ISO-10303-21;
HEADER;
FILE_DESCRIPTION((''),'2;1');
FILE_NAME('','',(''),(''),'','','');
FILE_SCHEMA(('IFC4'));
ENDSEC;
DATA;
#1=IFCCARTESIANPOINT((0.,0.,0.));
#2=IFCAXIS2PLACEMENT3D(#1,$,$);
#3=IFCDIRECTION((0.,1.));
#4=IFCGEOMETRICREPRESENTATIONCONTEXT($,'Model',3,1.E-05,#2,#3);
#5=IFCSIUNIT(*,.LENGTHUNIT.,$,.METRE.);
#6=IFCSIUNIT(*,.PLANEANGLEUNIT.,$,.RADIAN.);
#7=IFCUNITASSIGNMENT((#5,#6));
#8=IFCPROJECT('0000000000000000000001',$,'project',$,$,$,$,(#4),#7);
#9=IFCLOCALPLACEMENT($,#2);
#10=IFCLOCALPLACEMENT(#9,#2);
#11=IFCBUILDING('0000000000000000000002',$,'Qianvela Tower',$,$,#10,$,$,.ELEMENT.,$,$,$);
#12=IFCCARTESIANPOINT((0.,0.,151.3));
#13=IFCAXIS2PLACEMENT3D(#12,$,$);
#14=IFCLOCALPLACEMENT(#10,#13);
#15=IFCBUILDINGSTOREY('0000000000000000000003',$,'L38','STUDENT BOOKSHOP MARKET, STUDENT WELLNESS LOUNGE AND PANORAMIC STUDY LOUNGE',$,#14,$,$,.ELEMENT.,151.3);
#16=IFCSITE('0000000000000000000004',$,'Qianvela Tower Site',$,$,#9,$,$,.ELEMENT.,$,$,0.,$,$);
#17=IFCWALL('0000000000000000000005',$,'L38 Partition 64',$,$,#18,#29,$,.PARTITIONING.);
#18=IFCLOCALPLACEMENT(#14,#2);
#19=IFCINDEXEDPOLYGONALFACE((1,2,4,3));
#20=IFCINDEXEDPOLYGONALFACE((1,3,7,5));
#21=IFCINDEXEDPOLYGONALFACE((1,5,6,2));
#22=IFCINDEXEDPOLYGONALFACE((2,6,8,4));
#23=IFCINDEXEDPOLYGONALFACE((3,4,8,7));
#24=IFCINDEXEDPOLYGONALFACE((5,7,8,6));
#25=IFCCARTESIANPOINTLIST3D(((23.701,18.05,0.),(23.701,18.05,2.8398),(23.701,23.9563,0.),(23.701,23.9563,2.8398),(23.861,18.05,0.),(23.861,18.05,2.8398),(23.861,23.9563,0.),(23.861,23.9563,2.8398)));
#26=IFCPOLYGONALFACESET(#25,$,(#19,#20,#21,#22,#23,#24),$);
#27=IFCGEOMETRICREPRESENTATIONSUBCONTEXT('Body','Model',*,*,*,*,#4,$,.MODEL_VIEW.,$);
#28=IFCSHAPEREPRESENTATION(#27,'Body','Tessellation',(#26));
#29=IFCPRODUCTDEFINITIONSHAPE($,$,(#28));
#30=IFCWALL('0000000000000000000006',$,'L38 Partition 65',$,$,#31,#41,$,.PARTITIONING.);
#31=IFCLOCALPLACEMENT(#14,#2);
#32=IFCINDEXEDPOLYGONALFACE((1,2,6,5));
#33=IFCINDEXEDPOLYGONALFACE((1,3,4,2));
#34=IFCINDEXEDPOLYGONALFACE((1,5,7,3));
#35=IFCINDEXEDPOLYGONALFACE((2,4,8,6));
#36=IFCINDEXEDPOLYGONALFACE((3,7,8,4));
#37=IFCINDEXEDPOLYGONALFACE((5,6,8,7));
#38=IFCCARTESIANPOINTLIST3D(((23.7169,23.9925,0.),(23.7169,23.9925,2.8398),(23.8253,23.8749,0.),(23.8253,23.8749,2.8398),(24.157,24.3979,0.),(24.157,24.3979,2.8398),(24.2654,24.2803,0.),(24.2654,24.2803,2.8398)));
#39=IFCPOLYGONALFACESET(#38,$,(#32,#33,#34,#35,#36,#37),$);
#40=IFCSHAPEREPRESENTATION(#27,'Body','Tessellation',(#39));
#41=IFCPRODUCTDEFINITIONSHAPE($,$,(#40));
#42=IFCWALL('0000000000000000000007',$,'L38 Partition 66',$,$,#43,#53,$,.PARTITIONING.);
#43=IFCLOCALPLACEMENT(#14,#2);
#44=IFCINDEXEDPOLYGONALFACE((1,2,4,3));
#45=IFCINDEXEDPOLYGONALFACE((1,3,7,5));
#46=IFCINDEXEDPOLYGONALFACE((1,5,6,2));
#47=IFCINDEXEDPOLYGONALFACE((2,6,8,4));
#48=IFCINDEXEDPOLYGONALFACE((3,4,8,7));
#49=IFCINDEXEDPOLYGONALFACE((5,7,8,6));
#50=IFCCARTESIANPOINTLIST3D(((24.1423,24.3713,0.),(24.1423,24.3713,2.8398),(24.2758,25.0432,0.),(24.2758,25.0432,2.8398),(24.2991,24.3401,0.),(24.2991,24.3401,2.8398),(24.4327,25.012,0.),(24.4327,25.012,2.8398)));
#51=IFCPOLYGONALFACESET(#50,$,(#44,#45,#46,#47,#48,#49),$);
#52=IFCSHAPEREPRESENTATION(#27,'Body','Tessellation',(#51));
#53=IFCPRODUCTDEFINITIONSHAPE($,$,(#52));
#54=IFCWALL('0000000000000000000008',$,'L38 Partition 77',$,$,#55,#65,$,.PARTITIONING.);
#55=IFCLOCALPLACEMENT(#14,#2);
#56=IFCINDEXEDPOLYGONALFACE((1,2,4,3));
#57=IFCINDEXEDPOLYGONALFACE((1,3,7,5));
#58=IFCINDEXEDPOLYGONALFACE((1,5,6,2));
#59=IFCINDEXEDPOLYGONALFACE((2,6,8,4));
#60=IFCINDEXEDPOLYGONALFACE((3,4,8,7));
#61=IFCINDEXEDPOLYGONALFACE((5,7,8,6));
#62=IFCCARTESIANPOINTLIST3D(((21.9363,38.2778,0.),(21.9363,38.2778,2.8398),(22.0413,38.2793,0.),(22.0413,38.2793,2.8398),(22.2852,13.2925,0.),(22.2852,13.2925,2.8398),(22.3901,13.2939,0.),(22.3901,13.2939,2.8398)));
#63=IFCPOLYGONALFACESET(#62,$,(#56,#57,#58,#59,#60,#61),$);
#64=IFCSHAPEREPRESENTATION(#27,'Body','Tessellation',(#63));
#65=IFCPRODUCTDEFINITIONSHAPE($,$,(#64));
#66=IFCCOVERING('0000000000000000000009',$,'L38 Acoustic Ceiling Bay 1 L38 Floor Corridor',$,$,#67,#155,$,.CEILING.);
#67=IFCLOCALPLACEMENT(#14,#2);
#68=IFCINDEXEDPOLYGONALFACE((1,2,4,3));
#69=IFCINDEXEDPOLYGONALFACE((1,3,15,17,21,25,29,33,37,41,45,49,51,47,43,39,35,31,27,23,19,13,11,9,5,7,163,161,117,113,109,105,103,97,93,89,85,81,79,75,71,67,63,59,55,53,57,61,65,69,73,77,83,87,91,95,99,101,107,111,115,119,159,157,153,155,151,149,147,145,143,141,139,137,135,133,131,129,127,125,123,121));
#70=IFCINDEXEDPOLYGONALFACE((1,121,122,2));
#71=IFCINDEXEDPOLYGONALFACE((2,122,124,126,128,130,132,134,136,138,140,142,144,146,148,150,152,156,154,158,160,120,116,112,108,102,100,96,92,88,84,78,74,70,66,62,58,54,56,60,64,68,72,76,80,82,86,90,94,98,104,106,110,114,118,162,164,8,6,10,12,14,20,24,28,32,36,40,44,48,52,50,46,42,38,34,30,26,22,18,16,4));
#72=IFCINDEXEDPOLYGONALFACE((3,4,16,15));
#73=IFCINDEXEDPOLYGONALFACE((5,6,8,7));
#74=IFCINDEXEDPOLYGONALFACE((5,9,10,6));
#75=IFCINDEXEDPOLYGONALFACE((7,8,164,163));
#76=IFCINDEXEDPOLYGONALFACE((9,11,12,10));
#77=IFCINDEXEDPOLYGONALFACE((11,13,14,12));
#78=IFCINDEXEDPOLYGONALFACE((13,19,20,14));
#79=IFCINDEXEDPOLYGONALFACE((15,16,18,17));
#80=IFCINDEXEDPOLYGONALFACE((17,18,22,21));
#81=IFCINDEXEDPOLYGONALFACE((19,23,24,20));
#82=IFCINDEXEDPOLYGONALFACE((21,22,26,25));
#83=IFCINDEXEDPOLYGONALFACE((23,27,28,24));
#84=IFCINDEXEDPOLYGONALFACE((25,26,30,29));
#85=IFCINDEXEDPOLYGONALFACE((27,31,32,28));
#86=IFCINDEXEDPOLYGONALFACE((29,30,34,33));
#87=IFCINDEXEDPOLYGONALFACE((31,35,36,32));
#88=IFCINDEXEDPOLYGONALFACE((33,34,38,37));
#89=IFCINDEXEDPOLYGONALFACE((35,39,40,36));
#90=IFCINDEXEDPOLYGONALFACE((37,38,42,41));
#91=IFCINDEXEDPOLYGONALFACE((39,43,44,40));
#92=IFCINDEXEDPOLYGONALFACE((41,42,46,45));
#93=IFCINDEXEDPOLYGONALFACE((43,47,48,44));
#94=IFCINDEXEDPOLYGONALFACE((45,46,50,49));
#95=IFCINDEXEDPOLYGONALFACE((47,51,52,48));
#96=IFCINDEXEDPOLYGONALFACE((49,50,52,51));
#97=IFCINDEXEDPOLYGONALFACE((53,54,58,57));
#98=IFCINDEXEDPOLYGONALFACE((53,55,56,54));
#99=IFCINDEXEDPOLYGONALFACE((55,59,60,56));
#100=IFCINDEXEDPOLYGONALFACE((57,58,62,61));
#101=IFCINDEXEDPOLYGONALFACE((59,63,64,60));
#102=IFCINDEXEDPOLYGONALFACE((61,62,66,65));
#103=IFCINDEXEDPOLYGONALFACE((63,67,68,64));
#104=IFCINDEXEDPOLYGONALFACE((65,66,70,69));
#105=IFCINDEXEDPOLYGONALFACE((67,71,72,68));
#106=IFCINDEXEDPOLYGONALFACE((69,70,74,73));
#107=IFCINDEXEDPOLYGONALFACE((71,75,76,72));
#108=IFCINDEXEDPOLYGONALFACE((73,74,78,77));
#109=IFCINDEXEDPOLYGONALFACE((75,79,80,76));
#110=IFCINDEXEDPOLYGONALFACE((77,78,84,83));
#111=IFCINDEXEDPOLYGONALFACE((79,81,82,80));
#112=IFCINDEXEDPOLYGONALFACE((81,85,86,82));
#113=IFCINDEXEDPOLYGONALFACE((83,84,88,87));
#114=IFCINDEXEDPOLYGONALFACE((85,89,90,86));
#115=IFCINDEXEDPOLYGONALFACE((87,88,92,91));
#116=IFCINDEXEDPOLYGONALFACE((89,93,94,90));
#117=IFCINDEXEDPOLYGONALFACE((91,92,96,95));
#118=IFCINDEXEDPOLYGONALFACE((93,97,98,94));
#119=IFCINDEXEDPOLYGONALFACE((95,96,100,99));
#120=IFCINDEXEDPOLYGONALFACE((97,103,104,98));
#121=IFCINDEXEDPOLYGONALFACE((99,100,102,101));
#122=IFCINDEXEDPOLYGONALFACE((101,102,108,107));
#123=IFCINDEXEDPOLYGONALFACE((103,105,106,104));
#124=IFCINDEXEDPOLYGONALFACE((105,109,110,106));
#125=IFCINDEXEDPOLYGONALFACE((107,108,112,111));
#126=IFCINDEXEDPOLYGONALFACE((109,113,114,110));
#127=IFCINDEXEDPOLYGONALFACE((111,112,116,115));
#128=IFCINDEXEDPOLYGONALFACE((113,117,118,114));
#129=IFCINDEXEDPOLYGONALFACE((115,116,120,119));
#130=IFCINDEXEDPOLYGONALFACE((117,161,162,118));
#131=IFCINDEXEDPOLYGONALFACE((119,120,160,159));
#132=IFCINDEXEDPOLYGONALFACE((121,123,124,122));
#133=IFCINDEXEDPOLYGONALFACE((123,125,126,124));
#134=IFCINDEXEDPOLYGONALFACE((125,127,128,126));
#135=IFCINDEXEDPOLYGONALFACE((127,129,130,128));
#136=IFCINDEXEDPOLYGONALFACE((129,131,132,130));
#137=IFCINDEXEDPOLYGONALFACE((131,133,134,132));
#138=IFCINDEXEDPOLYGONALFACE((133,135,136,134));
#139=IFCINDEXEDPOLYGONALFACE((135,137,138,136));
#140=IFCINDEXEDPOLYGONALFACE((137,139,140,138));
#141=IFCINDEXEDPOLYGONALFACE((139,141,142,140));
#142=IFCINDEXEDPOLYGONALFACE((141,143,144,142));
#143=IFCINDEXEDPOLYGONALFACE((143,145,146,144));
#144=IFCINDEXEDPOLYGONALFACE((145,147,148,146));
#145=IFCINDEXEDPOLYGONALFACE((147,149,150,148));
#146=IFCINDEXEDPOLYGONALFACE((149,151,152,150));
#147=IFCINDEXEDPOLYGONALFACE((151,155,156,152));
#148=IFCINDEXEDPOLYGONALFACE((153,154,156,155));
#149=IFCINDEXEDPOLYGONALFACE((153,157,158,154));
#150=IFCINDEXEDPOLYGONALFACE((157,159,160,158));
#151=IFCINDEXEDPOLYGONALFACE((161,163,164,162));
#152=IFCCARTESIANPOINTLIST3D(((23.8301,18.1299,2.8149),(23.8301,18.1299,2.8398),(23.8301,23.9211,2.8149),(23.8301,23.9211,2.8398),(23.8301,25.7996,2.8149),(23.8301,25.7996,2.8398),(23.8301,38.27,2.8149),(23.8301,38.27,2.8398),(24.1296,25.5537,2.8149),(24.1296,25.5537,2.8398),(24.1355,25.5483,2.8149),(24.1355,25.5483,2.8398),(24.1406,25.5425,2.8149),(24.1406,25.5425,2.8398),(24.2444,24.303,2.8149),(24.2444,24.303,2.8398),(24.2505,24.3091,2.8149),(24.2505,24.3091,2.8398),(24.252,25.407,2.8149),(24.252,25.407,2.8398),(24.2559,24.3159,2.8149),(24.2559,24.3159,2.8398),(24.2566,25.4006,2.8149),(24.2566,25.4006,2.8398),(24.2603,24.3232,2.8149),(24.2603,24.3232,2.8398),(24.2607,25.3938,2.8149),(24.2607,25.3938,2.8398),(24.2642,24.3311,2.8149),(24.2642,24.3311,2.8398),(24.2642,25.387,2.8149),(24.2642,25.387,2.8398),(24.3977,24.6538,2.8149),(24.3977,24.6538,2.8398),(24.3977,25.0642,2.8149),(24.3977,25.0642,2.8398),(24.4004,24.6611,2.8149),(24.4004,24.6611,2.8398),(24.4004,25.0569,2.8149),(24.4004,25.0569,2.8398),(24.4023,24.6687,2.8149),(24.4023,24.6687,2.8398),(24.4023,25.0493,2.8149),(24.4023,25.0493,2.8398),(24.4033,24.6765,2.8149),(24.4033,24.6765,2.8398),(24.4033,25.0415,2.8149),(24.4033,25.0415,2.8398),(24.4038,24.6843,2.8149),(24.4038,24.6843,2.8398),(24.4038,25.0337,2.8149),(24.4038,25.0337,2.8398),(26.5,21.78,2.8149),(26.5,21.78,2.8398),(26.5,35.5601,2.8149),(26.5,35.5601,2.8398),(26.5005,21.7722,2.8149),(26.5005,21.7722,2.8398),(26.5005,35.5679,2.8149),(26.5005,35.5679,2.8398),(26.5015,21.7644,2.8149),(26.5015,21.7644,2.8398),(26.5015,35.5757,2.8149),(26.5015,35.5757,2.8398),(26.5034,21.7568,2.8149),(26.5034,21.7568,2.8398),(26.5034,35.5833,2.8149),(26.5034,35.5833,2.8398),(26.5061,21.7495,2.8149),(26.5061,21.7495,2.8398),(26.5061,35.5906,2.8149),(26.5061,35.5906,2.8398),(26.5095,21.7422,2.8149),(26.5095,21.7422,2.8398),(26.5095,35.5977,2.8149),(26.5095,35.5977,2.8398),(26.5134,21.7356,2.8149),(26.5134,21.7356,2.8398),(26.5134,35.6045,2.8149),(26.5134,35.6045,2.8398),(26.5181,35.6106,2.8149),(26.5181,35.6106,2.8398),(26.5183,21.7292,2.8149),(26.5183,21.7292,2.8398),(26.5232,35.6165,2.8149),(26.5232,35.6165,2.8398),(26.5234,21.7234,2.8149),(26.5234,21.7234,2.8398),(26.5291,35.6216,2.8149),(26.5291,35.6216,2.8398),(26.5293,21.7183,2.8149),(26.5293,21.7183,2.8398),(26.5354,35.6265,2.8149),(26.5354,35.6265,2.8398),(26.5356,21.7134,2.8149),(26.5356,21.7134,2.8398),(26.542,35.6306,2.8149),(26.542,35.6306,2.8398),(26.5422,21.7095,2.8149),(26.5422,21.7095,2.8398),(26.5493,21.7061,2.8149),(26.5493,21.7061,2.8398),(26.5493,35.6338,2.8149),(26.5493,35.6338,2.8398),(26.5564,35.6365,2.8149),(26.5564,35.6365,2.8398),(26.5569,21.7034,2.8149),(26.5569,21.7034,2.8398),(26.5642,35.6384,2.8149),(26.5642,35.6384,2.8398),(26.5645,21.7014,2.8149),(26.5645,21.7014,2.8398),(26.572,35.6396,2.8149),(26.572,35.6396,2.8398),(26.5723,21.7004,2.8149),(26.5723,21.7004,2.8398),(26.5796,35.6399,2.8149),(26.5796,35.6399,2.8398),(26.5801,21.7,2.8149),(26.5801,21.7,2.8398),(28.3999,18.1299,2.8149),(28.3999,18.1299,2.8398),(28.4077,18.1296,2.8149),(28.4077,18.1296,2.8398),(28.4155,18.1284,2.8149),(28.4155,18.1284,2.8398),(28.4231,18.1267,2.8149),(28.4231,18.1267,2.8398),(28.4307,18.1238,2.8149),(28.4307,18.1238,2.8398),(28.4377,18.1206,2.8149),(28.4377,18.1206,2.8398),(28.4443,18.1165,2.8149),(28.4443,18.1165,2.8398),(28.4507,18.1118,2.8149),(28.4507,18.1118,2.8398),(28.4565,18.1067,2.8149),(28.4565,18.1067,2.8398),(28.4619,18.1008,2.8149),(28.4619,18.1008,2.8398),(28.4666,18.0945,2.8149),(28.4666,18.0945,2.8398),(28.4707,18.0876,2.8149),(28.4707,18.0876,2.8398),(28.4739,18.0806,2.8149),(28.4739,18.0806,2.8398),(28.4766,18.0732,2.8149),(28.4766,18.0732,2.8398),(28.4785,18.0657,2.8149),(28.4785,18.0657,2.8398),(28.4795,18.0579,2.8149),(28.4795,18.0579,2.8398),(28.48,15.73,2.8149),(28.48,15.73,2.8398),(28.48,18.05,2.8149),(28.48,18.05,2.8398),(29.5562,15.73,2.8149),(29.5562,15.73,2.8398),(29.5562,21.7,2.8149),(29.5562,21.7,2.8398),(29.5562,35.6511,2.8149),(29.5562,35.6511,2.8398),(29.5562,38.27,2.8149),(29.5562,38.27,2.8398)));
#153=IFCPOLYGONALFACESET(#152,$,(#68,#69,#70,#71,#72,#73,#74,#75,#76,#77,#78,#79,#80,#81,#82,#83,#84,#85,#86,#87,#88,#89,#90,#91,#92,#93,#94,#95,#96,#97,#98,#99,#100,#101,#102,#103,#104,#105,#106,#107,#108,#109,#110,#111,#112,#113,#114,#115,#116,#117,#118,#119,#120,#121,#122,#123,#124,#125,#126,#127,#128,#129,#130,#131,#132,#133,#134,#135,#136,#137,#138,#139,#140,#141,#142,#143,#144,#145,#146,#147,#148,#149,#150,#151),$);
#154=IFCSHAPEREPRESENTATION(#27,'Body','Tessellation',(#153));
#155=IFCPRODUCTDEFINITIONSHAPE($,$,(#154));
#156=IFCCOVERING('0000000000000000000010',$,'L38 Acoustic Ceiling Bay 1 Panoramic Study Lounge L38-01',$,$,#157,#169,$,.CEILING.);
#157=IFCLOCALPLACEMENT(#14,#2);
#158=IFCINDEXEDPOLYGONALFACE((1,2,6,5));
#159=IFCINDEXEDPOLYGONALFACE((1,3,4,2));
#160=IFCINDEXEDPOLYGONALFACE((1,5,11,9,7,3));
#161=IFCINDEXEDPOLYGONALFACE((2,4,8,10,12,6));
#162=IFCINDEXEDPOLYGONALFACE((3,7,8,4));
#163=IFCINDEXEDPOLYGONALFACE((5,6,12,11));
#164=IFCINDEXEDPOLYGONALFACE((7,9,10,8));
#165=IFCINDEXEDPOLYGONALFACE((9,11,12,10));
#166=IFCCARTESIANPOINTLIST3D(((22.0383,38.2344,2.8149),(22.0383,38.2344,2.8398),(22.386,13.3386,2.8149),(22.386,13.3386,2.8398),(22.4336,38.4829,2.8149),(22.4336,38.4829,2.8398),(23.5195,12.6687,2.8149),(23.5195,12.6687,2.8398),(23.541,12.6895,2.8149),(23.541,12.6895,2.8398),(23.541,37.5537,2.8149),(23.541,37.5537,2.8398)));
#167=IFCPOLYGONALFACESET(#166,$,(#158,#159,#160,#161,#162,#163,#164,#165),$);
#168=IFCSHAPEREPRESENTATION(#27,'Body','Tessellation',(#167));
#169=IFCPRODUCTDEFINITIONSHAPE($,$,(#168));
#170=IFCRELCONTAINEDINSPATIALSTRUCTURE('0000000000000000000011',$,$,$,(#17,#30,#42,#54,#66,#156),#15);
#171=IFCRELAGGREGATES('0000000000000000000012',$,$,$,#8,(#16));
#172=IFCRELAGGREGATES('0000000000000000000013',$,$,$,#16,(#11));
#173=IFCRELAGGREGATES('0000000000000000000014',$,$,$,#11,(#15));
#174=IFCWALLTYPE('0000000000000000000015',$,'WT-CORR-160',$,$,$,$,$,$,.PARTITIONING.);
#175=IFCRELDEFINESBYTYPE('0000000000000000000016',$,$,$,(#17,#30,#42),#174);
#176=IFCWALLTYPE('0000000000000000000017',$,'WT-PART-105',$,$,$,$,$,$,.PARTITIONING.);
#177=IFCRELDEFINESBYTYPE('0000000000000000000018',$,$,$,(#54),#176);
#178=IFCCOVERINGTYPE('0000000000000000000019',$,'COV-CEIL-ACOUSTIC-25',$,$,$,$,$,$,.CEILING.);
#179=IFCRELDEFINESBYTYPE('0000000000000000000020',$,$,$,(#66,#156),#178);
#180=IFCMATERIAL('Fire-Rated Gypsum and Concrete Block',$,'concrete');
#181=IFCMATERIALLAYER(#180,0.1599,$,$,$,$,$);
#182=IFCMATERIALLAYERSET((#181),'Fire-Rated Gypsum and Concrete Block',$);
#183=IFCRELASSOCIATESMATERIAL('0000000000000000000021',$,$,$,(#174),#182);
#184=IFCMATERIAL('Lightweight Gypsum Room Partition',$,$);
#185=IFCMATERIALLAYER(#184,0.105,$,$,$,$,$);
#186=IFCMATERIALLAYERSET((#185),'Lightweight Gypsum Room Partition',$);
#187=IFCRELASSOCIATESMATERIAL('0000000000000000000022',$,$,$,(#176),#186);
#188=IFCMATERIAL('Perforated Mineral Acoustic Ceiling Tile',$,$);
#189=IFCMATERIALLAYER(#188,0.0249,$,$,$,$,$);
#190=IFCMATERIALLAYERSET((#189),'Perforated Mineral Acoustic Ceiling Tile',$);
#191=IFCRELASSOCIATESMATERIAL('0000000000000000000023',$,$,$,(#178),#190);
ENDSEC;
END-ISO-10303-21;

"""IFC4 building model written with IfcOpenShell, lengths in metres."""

from ifc_helpers import new_model, si_unit, direction, frame, frame_2d, origin, place, context, subcontext, project, spatial, polyline, rectangle, outline, extrude, material, layer, layer_set, type_object, element, save


model = new_model("IFC4")

# Units and contexts
model_context = context("Model", 3, precision=1e-05, world=origin(), true_north=direction((0.0, 1.0)))
body_context = subcontext(model_context, "Body", "Model", "MODEL_VIEW")
ifc_project = project(units=[si_unit("LENGTHUNIT", "METRE"), si_unit("PLANEANGLEUNIT", "RADIAN")], contexts=[model_context])

# Site, building, storey
site_placement = place(None, origin())
site = spatial("IfcSite", under=ifc_project, at=site_placement, Name="Qianvela Tower Site", CompositionType="ELEMENT", RefElevation=0.0)
building_placement = place(site_placement, origin())
building = spatial("IfcBuilding", under=site, at=building_placement, Name="Qianvela Tower", CompositionType="ELEMENT")
storey_placement = place(building_placement, frame((0.0, 0.0, 151.3)))
storey = spatial("IfcBuildingStorey", under=building, at=storey_placement, Name="L38", Description="STUDENT BOOKSHOP MARKET, STUDENT WELLNESS LOUNGE AND PANORAMIC STUDY LOUNGE", CompositionType="ELEMENT", Elevation=151.3)

# Walls
ifc_material_1 = material(Name="Fire-Rated Gypsum and Concrete Block", Category="concrete")
ifc_layer_1 = layer(ifc_material_1, 0.1599)
ifc_layer_set_1 = layer_set([ifc_layer_1], Name="Fire-Rated Gypsum and Concrete Block")
wall_type_1 = type_object("IfcWallType", Name="WT-CORR-160", PredefinedType="PARTITIONING", material=ifc_layer_set_1)
wall_1_placement = place(storey_placement, frame((23.781, 18.05, 0.0), z_axis=(0.0, 0.0, 1.0), x_axis=(0.0, 1.0, 0.0)))
element("IfcWall", 1, at=wall_1_placement, inside=storey, type_object=wall_type_1, Name="L38 Partition 64", PredefinedType="PARTITIONING", context=body_context, shape_type="SweptSolid", body=[
    extrude(rectangle(XDim=5.9062, YDim=0.1599, at=frame_2d((2.9531, 0.0))), origin(), (0.0, 0.0, 1.0), 2.8398),
])
wall_2_placement = place(storey_placement, frame((23.771, 23.9336, 0.0), z_axis=(0.0, 0.0, 1.0), x_axis=(0.735476, 0.677551, 0.0)))
element("IfcWall", 2, at=wall_2_placement, inside=storey, type_object=wall_type_1, Name="L38 Partition 65", PredefinedType="PARTITIONING", context=body_context, shape_type="SweptSolid", body=[
    extrude(rectangle(XDim=0.5984, YDim=0.1599, at=frame_2d((0.2993, 0.0))), origin(), (0.0, 0.0, 1.0), 2.8398),
])
wall_3_placement = place(storey_placement, frame((24.2207, 24.3557, 0.0), z_axis=(0.0, 0.0, 1.0), x_axis=(0.194951, 0.980813, 0.0)))
element("IfcWall", 3, at=wall_3_placement, inside=storey, type_object=wall_type_1, Name="L38 Partition 66", PredefinedType="PARTITIONING", context=body_context, shape_type="SweptSolid", body=[
    extrude(rectangle(XDim=0.6851, YDim=0.1599, at=frame_2d((0.3425, 0.0))), origin(), (0.0, 0.0, 1.0), 2.8398),
])
ifc_material_2 = material(Name="Lightweight Gypsum Room Partition")
ifc_layer_2 = layer(ifc_material_2, 0.105)
ifc_layer_set_2 = layer_set([ifc_layer_2], Name="Lightweight Gypsum Room Partition")
wall_type_2 = type_object("IfcWallType", Name="WT-PART-105", PredefinedType="PARTITIONING", material=ifc_layer_set_2)
wall_4_placement = place(storey_placement, frame((22.3376, 13.2932, 0.0), z_axis=(0.0, 0.0, 1.0), x_axis=(-0.013962, 0.999903, 0.0)))
element("IfcWall", 4, at=wall_4_placement, inside=storey, type_object=wall_type_2, Name="L38 Partition 77", PredefinedType="PARTITIONING", context=body_context, shape_type="SweptSolid", body=[
    extrude(rectangle(XDim=24.9878, YDim=0.105, at=frame_2d((12.4939, 0.0))), origin(), (0.0, 0.0, 1.0), 2.8398),
])

# Coverings
ifc_material_3 = material(Name="Perforated Mineral Acoustic Ceiling Tile")
ifc_layer_3 = layer(ifc_material_3, 0.0249)
ifc_layer_set_3 = layer_set([ifc_layer_3], Name="Perforated Mineral Acoustic Ceiling Tile")
covering_type_1 = type_object("IfcCoveringType", Name="COV-CEIL-ACOUSTIC-25", PredefinedType="CEILING", material=ifc_layer_set_3)
covering_1_placement = place(storey_placement, frame((0.0, 0.0, 2.8149)))
element("IfcCovering", 5, at=covering_1_placement, inside=storey, type_object=covering_type_1, Name="L38 Acoustic Ceiling Bay 1 L38 Floor Corridor", PredefinedType="CEILING", context=body_context, shape_type="SweptSolid", body=[
    extrude(outline(polyline([(24.4033, 25.0415), (24.4023, 25.0493), (24.4004, 25.0569), (24.3977, 25.0642), (24.2642, 25.387), (24.2607, 25.3938), (24.2566, 25.4006), (24.252, 25.407), (24.1406, 25.5425), (24.1355, 25.5483), (24.1296, 25.5537), (23.8301, 25.7996), (23.8301, 38.27), (29.5562, 38.27), (29.5562, 35.6511), (26.5796, 35.6399), (26.572, 35.6396), (26.5642, 35.6384), (26.5564, 35.6365), (26.5493, 35.6338), (26.542, 35.6306), (26.5354, 35.6265), (26.5291, 35.6216), (26.5232, 35.6165), (26.5181, 35.6106), (26.5134, 35.6045), (26.5095, 35.5977), (26.5061, 35.5906), (26.5034, 35.5833), (26.5015, 35.5757), (26.5005, 35.5679), (26.5, 35.5601), (26.5, 21.78), (26.5005, 21.7722), (26.5015, 21.7644), (26.5034, 21.7568), (26.5061, 21.7495), (26.5095, 21.7422), (26.5134, 21.7356), (26.5183, 21.7292), (26.5234, 21.7234), (26.5293, 21.7183), (26.5356, 21.7134), (26.5422, 21.7095), (26.5493, 21.7061), (26.5569, 21.7034), (26.5645, 21.7014), (26.5723, 21.7004), (26.5801, 21.7), (29.5562, 21.7), (29.5562, 15.73), (28.48, 15.73), (28.48, 18.05), (28.4795, 18.0579), (28.4785, 18.0657), (28.4766, 18.0732), (28.4739, 18.0806), (28.4707, 18.0876), (28.4666, 18.0945), (28.4619, 18.1008), (28.4565, 18.1067), (28.4507, 18.1118), (28.4443, 18.1165), (28.4377, 18.1206), (28.4307, 18.1238), (28.4231, 18.1267), (28.4155, 18.1284), (28.4077, 18.1296), (28.3999, 18.1299), (23.8301, 18.1299), (23.8301, 23.9211), (24.2444, 24.303), (24.2505, 24.3091), (24.2559, 24.3159), (24.2603, 24.3232), (24.2642, 24.3311), (24.3977, 24.6538), (24.4004, 24.6611), (24.4023, 24.6687), (24.4033, 24.6765), (24.4038, 24.6843), (24.4038, 25.0337), (24.4033, 25.0415)])), origin(), (0.0, 0.0, 1.0), 0.0249),
])
covering_2_placement = place(storey_placement, frame((0.0, 0.0, 2.8149)))
element("IfcCovering", 6, at=covering_2_placement, inside=storey, type_object=covering_type_1, Name="L38 Acoustic Ceiling Bay 1 Panoramic Study Lounge L38-01", PredefinedType="CEILING", context=body_context, shape_type="SweptSolid", body=[
    extrude(outline(polyline([(22.4336, 38.4829), (23.541, 37.5537), (23.541, 12.6895), (23.5195, 12.6687), (22.386, 13.3386), (22.0383, 38.2344), (22.4336, 38.4829)])), origin(), (0.0, 0.0, 1.0), 0.0249),
])

save(model, "model.ifc")
